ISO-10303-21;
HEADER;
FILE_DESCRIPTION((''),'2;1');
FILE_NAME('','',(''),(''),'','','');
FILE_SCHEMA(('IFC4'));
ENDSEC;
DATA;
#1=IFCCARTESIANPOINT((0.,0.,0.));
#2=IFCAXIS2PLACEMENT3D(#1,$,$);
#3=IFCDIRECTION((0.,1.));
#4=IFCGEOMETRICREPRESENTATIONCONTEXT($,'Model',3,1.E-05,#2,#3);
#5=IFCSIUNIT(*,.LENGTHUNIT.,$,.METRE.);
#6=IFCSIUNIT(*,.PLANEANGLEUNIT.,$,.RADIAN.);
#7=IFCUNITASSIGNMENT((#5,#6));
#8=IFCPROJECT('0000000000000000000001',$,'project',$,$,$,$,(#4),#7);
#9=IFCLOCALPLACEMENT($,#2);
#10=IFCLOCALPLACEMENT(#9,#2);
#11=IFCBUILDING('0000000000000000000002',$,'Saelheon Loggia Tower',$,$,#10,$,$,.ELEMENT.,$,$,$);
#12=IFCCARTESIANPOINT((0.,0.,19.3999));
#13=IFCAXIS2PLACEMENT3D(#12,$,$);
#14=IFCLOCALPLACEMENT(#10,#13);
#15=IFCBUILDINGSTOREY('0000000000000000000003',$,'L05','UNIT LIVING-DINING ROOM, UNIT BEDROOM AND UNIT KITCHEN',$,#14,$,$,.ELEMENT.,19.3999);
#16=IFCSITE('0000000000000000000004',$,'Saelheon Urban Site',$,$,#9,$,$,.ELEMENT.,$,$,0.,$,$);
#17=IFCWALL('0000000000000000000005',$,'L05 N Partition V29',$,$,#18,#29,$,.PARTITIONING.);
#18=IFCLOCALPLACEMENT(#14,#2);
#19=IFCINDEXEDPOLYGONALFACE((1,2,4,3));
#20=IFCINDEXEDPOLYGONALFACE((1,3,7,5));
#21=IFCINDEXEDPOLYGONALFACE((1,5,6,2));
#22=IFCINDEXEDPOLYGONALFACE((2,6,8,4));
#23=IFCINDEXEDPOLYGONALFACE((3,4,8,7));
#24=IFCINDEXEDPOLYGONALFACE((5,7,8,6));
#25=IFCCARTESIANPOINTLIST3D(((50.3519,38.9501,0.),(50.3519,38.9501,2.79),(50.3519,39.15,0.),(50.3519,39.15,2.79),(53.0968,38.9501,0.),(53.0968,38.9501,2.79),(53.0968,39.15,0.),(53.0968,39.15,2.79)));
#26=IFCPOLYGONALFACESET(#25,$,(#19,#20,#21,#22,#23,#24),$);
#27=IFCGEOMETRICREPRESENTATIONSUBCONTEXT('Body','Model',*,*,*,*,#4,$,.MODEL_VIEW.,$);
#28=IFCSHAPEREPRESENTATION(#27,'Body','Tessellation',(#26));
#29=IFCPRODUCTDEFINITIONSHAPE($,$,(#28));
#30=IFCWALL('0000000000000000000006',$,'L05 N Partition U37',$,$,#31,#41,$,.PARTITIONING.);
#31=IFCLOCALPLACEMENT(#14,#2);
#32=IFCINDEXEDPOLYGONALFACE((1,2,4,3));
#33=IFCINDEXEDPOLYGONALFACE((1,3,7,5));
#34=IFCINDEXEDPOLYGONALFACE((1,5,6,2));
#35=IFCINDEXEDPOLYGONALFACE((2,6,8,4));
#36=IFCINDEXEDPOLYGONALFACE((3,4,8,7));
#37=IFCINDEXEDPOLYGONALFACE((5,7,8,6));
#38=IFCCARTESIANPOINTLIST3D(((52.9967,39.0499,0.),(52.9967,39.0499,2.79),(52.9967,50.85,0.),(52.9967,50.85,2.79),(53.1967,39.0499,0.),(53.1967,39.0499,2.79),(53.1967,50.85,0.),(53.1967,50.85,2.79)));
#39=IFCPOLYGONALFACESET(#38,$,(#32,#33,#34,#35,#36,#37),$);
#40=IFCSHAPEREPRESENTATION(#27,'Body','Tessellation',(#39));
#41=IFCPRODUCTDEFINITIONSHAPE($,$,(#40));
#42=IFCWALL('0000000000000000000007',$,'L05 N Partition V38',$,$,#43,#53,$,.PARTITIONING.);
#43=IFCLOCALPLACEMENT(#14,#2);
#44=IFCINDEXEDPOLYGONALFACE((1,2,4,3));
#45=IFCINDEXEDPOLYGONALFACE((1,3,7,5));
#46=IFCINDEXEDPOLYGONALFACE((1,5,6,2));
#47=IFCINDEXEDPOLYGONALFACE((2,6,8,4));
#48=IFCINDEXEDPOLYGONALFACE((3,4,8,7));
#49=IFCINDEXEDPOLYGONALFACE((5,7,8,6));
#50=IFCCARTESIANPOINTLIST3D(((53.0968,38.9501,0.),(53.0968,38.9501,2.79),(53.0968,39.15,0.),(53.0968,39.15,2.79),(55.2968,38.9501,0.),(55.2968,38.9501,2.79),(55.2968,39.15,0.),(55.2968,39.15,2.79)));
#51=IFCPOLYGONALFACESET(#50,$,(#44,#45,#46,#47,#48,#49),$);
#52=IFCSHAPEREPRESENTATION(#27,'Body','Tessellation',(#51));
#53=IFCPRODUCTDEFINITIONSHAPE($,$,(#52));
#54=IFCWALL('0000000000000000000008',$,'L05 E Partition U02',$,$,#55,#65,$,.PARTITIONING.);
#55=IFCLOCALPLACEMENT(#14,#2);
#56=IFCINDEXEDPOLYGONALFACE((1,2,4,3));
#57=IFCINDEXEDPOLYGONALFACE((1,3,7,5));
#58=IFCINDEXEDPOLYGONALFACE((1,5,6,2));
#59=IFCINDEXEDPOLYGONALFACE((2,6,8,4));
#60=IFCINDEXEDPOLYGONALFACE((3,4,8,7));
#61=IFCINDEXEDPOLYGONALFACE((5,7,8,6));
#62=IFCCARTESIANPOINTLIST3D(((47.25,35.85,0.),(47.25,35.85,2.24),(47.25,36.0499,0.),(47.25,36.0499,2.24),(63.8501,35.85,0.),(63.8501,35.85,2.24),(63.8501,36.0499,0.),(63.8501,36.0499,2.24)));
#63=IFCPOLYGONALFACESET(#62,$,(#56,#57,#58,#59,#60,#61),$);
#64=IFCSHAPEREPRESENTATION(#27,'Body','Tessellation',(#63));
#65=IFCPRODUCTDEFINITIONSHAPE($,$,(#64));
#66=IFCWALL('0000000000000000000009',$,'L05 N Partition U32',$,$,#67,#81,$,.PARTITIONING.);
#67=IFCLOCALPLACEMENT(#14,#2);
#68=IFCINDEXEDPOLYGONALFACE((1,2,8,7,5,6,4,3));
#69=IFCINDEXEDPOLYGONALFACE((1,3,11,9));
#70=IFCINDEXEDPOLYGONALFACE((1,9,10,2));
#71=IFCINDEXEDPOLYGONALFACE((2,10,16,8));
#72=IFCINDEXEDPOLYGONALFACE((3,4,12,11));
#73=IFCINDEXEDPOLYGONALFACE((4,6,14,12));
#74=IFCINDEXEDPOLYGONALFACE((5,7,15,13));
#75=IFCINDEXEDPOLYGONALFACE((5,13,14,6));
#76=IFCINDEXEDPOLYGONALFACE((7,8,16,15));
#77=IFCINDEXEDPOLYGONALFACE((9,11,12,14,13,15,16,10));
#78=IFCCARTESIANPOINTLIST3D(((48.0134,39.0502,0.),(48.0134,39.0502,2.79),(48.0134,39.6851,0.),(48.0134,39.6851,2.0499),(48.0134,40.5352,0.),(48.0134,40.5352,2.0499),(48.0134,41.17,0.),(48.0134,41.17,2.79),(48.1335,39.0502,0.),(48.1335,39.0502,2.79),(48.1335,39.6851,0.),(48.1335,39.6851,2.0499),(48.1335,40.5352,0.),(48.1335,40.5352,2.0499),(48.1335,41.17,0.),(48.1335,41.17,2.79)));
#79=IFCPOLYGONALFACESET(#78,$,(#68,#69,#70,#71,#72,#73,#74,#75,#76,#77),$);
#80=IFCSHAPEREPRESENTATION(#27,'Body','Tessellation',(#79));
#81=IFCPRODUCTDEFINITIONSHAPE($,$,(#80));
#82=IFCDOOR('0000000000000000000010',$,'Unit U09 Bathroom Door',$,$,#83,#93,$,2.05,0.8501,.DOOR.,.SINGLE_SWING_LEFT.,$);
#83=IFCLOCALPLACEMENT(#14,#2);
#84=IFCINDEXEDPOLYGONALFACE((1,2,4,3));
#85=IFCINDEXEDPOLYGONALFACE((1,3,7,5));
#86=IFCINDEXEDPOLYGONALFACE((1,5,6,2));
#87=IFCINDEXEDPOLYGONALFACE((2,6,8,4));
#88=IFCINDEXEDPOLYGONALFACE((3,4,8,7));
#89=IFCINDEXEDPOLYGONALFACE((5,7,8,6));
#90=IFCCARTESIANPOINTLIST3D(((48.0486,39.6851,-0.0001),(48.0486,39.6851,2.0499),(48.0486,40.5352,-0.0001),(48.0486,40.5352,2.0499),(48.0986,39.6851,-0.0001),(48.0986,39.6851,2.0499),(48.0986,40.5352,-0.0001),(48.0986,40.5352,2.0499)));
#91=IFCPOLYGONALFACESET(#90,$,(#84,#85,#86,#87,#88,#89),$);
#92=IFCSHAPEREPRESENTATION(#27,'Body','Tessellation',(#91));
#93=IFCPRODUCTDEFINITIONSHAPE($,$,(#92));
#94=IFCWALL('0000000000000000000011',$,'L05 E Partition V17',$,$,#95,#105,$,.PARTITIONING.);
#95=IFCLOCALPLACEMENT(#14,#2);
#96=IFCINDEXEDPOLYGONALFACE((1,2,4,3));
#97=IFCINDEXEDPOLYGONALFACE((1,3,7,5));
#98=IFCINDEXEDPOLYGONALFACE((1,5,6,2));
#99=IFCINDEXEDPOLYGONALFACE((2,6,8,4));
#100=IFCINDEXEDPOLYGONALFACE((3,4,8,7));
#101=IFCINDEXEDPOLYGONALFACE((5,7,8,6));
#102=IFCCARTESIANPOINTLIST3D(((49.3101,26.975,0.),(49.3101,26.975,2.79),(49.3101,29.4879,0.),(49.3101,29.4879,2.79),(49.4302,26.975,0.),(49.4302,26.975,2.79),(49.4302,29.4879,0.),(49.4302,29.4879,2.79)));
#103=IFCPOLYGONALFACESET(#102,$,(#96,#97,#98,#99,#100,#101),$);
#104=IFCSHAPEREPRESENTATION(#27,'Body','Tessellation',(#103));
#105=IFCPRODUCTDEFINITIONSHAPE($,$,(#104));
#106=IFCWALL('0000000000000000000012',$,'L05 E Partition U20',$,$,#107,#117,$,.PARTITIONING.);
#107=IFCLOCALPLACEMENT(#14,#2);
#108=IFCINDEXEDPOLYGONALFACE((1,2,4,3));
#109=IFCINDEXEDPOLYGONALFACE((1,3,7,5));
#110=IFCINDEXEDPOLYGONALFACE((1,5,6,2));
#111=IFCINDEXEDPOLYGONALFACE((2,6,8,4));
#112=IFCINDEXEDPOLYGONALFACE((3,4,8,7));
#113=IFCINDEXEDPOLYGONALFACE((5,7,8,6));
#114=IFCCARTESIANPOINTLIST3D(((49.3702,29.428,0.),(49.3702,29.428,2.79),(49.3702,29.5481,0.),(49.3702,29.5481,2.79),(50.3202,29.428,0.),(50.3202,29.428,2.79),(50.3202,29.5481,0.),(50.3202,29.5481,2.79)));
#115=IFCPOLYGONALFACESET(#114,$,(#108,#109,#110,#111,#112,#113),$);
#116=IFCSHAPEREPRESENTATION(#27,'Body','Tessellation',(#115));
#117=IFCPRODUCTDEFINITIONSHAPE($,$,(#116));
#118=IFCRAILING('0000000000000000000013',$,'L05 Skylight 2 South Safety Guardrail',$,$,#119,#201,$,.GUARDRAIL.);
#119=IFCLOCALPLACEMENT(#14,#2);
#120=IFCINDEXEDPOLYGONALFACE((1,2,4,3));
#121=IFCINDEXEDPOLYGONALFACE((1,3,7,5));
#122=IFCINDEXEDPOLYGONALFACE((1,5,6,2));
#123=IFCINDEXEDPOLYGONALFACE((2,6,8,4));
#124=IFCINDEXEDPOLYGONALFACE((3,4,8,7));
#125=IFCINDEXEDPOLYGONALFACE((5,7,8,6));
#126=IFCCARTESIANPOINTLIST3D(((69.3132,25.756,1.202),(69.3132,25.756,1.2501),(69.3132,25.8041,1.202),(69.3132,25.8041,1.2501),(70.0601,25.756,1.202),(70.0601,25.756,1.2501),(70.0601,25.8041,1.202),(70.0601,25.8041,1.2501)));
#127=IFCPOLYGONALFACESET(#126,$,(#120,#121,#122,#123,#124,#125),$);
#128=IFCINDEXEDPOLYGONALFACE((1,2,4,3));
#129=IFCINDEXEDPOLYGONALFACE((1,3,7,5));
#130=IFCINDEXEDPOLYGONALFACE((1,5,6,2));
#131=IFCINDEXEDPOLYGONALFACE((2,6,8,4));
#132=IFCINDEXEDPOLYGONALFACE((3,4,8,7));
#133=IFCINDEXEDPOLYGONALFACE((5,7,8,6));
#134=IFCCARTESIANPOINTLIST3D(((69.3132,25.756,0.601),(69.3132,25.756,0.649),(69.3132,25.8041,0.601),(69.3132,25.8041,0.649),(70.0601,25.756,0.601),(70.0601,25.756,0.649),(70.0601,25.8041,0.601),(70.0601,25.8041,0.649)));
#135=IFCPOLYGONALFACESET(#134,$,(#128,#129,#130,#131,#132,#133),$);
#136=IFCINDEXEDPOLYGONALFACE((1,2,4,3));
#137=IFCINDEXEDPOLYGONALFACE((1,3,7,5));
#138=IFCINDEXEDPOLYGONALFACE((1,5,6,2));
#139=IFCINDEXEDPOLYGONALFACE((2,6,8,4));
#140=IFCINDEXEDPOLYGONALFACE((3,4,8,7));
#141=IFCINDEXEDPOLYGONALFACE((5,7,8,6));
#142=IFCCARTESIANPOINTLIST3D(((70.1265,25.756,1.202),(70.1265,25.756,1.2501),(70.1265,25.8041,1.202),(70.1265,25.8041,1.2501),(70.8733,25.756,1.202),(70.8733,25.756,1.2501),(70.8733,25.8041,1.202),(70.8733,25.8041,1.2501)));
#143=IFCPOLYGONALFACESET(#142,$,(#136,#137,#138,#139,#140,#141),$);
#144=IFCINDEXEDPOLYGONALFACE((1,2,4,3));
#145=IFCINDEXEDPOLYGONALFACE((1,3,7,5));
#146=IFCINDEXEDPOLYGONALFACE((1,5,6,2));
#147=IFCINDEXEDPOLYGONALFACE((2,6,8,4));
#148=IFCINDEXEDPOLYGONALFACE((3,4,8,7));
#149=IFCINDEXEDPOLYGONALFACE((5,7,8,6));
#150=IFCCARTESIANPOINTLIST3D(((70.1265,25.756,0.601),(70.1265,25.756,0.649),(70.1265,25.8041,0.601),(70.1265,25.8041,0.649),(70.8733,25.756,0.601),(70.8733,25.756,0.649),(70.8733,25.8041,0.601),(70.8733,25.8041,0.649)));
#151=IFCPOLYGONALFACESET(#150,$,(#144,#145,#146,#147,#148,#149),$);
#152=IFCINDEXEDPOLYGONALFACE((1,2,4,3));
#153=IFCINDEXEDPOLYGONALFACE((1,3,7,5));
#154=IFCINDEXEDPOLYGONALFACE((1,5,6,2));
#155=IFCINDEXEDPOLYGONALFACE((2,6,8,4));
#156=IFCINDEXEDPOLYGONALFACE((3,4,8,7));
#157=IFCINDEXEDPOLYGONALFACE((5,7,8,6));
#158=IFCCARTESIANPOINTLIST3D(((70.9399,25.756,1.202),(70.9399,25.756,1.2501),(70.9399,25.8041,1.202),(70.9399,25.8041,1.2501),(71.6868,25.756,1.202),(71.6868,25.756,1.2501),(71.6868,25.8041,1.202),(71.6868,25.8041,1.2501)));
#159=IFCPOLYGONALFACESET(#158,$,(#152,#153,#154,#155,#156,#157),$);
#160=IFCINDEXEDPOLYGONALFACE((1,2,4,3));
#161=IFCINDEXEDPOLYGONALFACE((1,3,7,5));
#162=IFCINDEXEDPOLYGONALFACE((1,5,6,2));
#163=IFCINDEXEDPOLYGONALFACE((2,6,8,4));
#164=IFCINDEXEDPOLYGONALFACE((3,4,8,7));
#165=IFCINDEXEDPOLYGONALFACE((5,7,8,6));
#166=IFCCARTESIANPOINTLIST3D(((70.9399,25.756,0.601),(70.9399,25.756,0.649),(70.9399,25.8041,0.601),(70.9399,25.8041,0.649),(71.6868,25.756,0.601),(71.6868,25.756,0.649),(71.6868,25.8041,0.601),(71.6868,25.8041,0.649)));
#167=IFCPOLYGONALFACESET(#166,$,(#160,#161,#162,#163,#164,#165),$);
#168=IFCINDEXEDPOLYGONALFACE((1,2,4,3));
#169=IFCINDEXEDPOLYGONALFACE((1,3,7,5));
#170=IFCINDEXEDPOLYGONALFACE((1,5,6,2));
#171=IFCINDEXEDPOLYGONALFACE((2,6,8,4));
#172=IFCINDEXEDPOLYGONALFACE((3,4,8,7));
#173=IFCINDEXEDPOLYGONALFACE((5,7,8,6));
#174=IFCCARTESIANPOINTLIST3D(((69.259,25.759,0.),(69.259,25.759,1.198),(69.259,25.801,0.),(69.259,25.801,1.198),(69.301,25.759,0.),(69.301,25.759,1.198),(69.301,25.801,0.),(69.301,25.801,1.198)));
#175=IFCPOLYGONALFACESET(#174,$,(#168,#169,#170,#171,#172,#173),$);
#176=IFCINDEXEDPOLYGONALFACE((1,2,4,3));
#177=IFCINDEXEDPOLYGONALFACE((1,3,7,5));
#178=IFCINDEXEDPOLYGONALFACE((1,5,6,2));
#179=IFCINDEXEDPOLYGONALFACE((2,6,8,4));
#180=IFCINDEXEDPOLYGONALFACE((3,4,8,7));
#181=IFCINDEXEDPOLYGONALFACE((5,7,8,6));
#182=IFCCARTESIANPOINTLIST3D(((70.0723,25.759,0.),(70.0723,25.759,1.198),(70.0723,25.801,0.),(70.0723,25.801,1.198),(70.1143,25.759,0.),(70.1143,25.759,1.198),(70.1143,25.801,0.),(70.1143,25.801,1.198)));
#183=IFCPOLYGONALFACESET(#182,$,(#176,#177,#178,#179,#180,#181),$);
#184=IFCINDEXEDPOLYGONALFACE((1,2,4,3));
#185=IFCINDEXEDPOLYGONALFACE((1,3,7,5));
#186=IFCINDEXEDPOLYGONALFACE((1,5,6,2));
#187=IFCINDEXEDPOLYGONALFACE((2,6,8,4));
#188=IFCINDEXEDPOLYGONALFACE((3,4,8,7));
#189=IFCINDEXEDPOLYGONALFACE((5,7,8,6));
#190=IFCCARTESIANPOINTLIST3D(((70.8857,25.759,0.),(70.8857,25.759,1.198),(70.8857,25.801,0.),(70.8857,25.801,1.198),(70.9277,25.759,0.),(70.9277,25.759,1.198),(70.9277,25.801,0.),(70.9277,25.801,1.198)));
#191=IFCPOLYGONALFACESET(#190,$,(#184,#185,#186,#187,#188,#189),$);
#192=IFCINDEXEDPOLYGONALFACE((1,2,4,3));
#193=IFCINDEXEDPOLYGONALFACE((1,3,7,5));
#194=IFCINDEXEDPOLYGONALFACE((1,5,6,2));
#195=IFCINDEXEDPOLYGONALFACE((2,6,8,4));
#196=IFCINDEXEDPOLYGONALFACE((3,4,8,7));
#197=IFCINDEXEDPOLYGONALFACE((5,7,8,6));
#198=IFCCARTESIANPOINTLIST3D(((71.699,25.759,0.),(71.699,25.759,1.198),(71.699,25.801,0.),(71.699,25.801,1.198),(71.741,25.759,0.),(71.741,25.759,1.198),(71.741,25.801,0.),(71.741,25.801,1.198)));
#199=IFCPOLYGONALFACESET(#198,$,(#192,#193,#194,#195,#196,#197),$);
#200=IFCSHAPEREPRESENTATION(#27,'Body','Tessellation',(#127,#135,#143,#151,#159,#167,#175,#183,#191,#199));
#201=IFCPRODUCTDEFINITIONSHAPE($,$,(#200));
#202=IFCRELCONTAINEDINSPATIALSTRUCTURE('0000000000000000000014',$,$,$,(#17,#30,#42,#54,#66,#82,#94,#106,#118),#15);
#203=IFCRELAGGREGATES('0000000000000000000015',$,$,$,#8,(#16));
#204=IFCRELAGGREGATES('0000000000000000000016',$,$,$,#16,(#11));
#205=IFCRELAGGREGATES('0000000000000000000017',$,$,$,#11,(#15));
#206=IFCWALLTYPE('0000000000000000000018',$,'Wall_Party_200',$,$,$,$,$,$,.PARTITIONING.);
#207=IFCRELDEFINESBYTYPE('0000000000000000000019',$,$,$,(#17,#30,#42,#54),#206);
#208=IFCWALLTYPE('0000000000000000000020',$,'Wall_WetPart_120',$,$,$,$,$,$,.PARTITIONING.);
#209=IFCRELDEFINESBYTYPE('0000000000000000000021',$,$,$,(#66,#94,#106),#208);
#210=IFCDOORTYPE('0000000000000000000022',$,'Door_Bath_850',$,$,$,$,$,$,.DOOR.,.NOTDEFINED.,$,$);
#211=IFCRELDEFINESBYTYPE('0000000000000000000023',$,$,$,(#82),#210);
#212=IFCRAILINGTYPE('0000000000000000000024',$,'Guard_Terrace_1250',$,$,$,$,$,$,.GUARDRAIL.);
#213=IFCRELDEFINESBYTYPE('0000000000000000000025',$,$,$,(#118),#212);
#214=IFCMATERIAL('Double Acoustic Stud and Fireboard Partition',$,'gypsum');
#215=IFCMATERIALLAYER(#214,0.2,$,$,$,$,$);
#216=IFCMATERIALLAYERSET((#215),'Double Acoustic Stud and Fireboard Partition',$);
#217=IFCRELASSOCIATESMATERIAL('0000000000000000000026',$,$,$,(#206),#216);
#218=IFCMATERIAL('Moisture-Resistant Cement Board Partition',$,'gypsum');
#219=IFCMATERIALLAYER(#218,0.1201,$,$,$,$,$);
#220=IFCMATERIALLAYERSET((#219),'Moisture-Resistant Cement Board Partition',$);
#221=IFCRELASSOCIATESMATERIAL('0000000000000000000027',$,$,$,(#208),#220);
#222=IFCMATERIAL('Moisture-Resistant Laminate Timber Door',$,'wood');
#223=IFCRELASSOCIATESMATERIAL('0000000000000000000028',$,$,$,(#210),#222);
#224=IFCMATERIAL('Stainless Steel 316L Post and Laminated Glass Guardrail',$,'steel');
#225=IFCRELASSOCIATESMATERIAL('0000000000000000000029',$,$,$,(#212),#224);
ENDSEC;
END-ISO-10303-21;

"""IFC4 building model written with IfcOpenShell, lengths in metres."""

from ifc_helpers import new_model, si_unit, direction, frame, frame_2d, origin, origin_2d, place, context, subcontext, project, spatial, rectangle, extrude, source, transform, mapped, material, layer, layer_set, type_object, element, fill, save


model = new_model("IFC4")

# Units and contexts
model_context = context("Model", 3, precision=1e-05, world=origin(), true_north=direction((0.0, 1.0)))
body_context = subcontext(model_context, "Body", "Model", "MODEL_VIEW")
ifc_project = project(units=[si_unit("LENGTHUNIT", "METRE"), si_unit("PLANEANGLEUNIT", "RADIAN")], contexts=[model_context])

# Site, building, storey
site_placement = place(None, origin())
site = spatial("IfcSite", under=ifc_project, at=site_placement, Name="Saelheon Urban Site", CompositionType="ELEMENT", RefElevation=0.0)
building_placement = place(site_placement, origin())
building = spatial("IfcBuilding", under=site, at=building_placement, Name="Saelheon Loggia Tower", CompositionType="ELEMENT")
storey_placement = place(building_placement, frame((0.0, 0.0, 19.3999)))
storey = spatial("IfcBuildingStorey", under=building, at=storey_placement, Name="L05", Description="UNIT LIVING-DINING ROOM, UNIT BEDROOM AND UNIT KITCHEN", CompositionType="ELEMENT", Elevation=19.3999)

# Shared definitions
ifc_material_1 = material(Name="Double Acoustic Stud and Fireboard Partition", Category="gypsum")
ifc_layer_1 = layer(ifc_material_1, 0.2)
ifc_layer_set_1 = layer_set([ifc_layer_1], Name="Double Acoustic Stud and Fireboard Partition")
wall_type_1 = type_object("IfcWallType", Name="Wall_Party_200", PredefinedType="PARTITIONING", material=ifc_layer_set_1)

# Walls
wall_1_placement = place(storey_placement, frame((50.3518, 39.05, 0.0), z_axis=(0.0, 0.0, 1.0), x_axis=(1.0, 0.0, 0.0)))
element("IfcWall", 1, at=wall_1_placement, inside=storey, type_object=wall_type_1, Name="L05 N Partition V29", PredefinedType="PARTITIONING", context=body_context, shape_type="SweptSolid", body=[
    extrude(rectangle(XDim=2.7449, YDim=0.2, at=frame_2d((1.3726, 0.0))), origin(), (0.0, 0.0, 1.0), 2.79),
])
wall_2_placement = place(storey_placement, frame((53.0967, 39.05, 0.0), z_axis=(0.0, 0.0, 1.0), x_axis=(0.0, 1.0, 0.0)))
element("IfcWall", 2, at=wall_2_placement, inside=storey, type_object=wall_type_1, Name="L05 N Partition U37", PredefinedType="PARTITIONING", context=body_context, shape_type="SweptSolid", body=[
    extrude(rectangle(XDim=11.8, YDim=0.2, at=frame_2d((5.8999, 0.0))), origin(), (0.0, 0.0, 1.0), 2.79),
])
wall_3_placement = place(storey_placement, frame((53.0967, 39.05, 0.0), z_axis=(0.0, 0.0, 1.0), x_axis=(1.0, 0.0, 0.0)))
element("IfcWall", 3, at=wall_3_placement, inside=storey, type_object=wall_type_1, Name="L05 N Partition V38", PredefinedType="PARTITIONING", context=body_context, shape_type="SweptSolid", body=[
    extrude(rectangle(XDim=2.2, YDim=0.2, at=frame_2d((1.1001, 0.0))), origin(), (0.0, 0.0, 1.0), 2.79),
])
wall_4_placement = place(storey_placement, frame((47.25, 35.95, 0.0), z_axis=(0.0, 0.0, 1.0), x_axis=(1.0, 0.0, 0.0)))
element("IfcWall", 4, at=wall_4_placement, inside=storey, type_object=wall_type_1, Name="L05 E Partition U02", PredefinedType="PARTITIONING", context=body_context, shape_type="SweptSolid", body=[
    extrude(rectangle(XDim=16.6001, YDim=0.2, at=frame_2d((8.3, 0.0))), origin(), (0.0, 0.0, 1.0), 2.24),
])

# Wall, opening, door
ifc_material_2 = material(Name="Moisture-Resistant Cement Board Partition", Category="gypsum")
ifc_layer_2 = layer(ifc_material_2, 0.1201)
ifc_layer_set_2 = layer_set([ifc_layer_2], Name="Moisture-Resistant Cement Board Partition")
wall_type_2 = type_object("IfcWallType", Name="Wall_WetPart_120", PredefinedType="PARTITIONING", material=ifc_layer_set_2)
wall_5_placement = place(storey_placement, frame((48.0735, 39.05, 0.0), z_axis=(0.0, 0.0, 1.0), x_axis=(0.0, 1.0, 0.0)))
wall_5 = element("IfcWall", 5, at=wall_5_placement, inside=storey, type_object=wall_type_2, Name="L05 N Partition U32", PredefinedType="PARTITIONING", context=body_context, shape_type="SweptSolid", body=[
    extrude(rectangle(XDim=2.1199, YDim=0.1201, at=frame_2d((1.0601, 0.0))), origin(), (0.0, 0.0, 1.0), 2.79),
])
opening_1_placement = place(wall_5_placement, frame((0.635, 0.0, 0.0)))
opening_1 = element("IfcOpeningElement", 6, at=opening_1_placement, cuts=wall_5, PredefinedType="OPENING", context=body_context, shape_type="SweptSolid", body=[
    extrude(rectangle(XDim=0.8501, YDim=2.05, at=frame_2d((0.425, 1.0249))), frame((0.0, 0.072, 0.0), z_axis=(0.0, -1.0, 0.0), x_axis=(1.0, 0.0, 0.0)), (0.0, 0.0, 1.0), 0.144),
])
ifc_material_3 = material(Name="Moisture-Resistant Laminate Timber Door", Category="wood")
door_type_1 = type_object("IfcDoorType", Name="Door_Bath_850", OperationType="NOTDEFINED", PredefinedType="DOOR", material=ifc_material_3)
shared_shape_1 = source(origin(), body_context, "Body", "SweptSolid", [
    extrude(rectangle(XDim=0.8501, YDim=2.05, at=frame_2d((0.425, 1.0249))), frame((0.0, 0.0249, 0.0), z_axis=(0.0, -1.0, 0.0), x_axis=(1.0, 0.0, 0.0)), (0.0, 0.0, 1.0), 0.05),
])
door_1_placement = place(opening_1_placement, origin())
door_1 = element("IfcDoor", 7, at=door_1_placement, inside=storey, type_object=door_type_1, Name="Unit U09 Bathroom Door", OperationType="SINGLE_SWING_LEFT", OverallHeight=2.05, OverallWidth=0.8501, PredefinedType="DOOR", context=body_context, shape_type="MappedRepresentation", body=[
    mapped(shared_shape_1, transform((0.0, 0.0, 0.0), scale=1.0)),
])
fill(opening_1, door_1)

# Walls
wall_6_placement = place(storey_placement, frame((49.3701, 26.9751, 0.0), z_axis=(0.0, 0.0, 1.0), x_axis=(0.0, 1.0, 0.0)))
element("IfcWall", 8, at=wall_6_placement, inside=storey, type_object=wall_type_2, Name="L05 E Partition V17", PredefinedType="PARTITIONING", context=body_context, shape_type="SweptSolid", body=[
    extrude(rectangle(XDim=2.5129, YDim=0.1201, at=frame_2d((1.2563, 0.0))), origin(), (0.0, 0.0, 1.0), 2.79),
])
wall_7_placement = place(storey_placement, frame((49.3701, 29.488, 0.0), z_axis=(0.0, 0.0, 1.0), x_axis=(1.0, 0.0, 0.0)))
element("IfcWall", 9, at=wall_7_placement, inside=storey, type_object=wall_type_2, Name="L05 E Partition U20", PredefinedType="PARTITIONING", context=body_context, shape_type="SweptSolid", body=[
    extrude(rectangle(XDim=0.95, YDim=0.1201, at=frame_2d((0.4751, 0.0))), origin(), (0.0, 0.0, 1.0), 2.79),
])

# Railing
ifc_material_4 = material(Name="Stainless Steel 316L Post and Laminated Glass Guardrail", Category="steel")
railing_type = type_object("IfcRailingType", Name="Guard_Terrace_1250", PredefinedType="GUARDRAIL", material=ifc_material_4)
for number, where, name in (
    (10, (69.28, 25.78, 0.0), "L05 Skylight 2 South Safety Guardrail"),
):
    element("IfcRailing", number, at=place(storey_placement, frame(where)), inside=storey, type_object=railing_type, Name=name, PredefinedType="GUARDRAIL", context=body_context, shape_type="SweptSolid", body=[
        extrude(rectangle(XDim=0.0481, YDim=0.0481, at=origin_2d()), frame((0.0332, 0.0, 1.2261), z_axis=(1.0, 0.0, 0.0), x_axis=(0.0, 1.0, 0.0)), (0.0, 0.0, 1.0), 0.7468),
        extrude(rectangle(XDim=0.0481, YDim=0.0481, at=origin_2d()), frame((0.0332, 0.0, 0.625), z_axis=(1.0, 0.0, 0.0), x_axis=(0.0, 1.0, 0.0)), (0.0, 0.0, 1.0), 0.7468),
        extrude(rectangle(XDim=0.0481, YDim=0.0481, at=origin_2d()), frame((0.8464, 0.0, 1.2261), z_axis=(1.0, 0.0, 0.0), x_axis=(0.0, 1.0, 0.0)), (0.0, 0.0, 1.0), 0.7468),
        extrude(rectangle(XDim=0.0481, YDim=0.0481, at=origin_2d()), frame((0.8464, 0.0, 0.625), z_axis=(1.0, 0.0, 0.0), x_axis=(0.0, 1.0, 0.0)), (0.0, 0.0, 1.0), 0.7468),
        extrude(rectangle(XDim=0.0481, YDim=0.0481, at=origin_2d()), frame((1.6599, 0.0, 1.2261), z_axis=(1.0, 0.0, 0.0), x_axis=(0.0, 1.0, 0.0)), (0.0, 0.0, 1.0), 0.7468),
        extrude(rectangle(XDim=0.0481, YDim=0.0481, at=origin_2d()), frame((1.6599, 0.0, 0.625), z_axis=(1.0, 0.0, 0.0), x_axis=(0.0, 1.0, 0.0)), (0.0, 0.0, 1.0), 0.7468),
        extrude(rectangle(XDim=0.042, YDim=0.042, at=origin_2d()), origin(), (0.0, 0.0, 1.0), 1.198),
        extrude(rectangle(XDim=0.042, YDim=0.042, at=origin_2d()), frame((0.8132, 0.0, 0.0)), (0.0, 0.0, 1.0), 1.198),
        extrude(rectangle(XDim=0.042, YDim=0.042, at=origin_2d()), frame((1.6267, 0.0, 0.0)), (0.0, 0.0, 1.0), 1.198),
        extrude(rectangle(XDim=0.042, YDim=0.042, at=origin_2d()), frame((2.4399, 0.0, 0.0)), (0.0, 0.0, 1.0), 1.198),
    ])

save(model, "model.ifc")
